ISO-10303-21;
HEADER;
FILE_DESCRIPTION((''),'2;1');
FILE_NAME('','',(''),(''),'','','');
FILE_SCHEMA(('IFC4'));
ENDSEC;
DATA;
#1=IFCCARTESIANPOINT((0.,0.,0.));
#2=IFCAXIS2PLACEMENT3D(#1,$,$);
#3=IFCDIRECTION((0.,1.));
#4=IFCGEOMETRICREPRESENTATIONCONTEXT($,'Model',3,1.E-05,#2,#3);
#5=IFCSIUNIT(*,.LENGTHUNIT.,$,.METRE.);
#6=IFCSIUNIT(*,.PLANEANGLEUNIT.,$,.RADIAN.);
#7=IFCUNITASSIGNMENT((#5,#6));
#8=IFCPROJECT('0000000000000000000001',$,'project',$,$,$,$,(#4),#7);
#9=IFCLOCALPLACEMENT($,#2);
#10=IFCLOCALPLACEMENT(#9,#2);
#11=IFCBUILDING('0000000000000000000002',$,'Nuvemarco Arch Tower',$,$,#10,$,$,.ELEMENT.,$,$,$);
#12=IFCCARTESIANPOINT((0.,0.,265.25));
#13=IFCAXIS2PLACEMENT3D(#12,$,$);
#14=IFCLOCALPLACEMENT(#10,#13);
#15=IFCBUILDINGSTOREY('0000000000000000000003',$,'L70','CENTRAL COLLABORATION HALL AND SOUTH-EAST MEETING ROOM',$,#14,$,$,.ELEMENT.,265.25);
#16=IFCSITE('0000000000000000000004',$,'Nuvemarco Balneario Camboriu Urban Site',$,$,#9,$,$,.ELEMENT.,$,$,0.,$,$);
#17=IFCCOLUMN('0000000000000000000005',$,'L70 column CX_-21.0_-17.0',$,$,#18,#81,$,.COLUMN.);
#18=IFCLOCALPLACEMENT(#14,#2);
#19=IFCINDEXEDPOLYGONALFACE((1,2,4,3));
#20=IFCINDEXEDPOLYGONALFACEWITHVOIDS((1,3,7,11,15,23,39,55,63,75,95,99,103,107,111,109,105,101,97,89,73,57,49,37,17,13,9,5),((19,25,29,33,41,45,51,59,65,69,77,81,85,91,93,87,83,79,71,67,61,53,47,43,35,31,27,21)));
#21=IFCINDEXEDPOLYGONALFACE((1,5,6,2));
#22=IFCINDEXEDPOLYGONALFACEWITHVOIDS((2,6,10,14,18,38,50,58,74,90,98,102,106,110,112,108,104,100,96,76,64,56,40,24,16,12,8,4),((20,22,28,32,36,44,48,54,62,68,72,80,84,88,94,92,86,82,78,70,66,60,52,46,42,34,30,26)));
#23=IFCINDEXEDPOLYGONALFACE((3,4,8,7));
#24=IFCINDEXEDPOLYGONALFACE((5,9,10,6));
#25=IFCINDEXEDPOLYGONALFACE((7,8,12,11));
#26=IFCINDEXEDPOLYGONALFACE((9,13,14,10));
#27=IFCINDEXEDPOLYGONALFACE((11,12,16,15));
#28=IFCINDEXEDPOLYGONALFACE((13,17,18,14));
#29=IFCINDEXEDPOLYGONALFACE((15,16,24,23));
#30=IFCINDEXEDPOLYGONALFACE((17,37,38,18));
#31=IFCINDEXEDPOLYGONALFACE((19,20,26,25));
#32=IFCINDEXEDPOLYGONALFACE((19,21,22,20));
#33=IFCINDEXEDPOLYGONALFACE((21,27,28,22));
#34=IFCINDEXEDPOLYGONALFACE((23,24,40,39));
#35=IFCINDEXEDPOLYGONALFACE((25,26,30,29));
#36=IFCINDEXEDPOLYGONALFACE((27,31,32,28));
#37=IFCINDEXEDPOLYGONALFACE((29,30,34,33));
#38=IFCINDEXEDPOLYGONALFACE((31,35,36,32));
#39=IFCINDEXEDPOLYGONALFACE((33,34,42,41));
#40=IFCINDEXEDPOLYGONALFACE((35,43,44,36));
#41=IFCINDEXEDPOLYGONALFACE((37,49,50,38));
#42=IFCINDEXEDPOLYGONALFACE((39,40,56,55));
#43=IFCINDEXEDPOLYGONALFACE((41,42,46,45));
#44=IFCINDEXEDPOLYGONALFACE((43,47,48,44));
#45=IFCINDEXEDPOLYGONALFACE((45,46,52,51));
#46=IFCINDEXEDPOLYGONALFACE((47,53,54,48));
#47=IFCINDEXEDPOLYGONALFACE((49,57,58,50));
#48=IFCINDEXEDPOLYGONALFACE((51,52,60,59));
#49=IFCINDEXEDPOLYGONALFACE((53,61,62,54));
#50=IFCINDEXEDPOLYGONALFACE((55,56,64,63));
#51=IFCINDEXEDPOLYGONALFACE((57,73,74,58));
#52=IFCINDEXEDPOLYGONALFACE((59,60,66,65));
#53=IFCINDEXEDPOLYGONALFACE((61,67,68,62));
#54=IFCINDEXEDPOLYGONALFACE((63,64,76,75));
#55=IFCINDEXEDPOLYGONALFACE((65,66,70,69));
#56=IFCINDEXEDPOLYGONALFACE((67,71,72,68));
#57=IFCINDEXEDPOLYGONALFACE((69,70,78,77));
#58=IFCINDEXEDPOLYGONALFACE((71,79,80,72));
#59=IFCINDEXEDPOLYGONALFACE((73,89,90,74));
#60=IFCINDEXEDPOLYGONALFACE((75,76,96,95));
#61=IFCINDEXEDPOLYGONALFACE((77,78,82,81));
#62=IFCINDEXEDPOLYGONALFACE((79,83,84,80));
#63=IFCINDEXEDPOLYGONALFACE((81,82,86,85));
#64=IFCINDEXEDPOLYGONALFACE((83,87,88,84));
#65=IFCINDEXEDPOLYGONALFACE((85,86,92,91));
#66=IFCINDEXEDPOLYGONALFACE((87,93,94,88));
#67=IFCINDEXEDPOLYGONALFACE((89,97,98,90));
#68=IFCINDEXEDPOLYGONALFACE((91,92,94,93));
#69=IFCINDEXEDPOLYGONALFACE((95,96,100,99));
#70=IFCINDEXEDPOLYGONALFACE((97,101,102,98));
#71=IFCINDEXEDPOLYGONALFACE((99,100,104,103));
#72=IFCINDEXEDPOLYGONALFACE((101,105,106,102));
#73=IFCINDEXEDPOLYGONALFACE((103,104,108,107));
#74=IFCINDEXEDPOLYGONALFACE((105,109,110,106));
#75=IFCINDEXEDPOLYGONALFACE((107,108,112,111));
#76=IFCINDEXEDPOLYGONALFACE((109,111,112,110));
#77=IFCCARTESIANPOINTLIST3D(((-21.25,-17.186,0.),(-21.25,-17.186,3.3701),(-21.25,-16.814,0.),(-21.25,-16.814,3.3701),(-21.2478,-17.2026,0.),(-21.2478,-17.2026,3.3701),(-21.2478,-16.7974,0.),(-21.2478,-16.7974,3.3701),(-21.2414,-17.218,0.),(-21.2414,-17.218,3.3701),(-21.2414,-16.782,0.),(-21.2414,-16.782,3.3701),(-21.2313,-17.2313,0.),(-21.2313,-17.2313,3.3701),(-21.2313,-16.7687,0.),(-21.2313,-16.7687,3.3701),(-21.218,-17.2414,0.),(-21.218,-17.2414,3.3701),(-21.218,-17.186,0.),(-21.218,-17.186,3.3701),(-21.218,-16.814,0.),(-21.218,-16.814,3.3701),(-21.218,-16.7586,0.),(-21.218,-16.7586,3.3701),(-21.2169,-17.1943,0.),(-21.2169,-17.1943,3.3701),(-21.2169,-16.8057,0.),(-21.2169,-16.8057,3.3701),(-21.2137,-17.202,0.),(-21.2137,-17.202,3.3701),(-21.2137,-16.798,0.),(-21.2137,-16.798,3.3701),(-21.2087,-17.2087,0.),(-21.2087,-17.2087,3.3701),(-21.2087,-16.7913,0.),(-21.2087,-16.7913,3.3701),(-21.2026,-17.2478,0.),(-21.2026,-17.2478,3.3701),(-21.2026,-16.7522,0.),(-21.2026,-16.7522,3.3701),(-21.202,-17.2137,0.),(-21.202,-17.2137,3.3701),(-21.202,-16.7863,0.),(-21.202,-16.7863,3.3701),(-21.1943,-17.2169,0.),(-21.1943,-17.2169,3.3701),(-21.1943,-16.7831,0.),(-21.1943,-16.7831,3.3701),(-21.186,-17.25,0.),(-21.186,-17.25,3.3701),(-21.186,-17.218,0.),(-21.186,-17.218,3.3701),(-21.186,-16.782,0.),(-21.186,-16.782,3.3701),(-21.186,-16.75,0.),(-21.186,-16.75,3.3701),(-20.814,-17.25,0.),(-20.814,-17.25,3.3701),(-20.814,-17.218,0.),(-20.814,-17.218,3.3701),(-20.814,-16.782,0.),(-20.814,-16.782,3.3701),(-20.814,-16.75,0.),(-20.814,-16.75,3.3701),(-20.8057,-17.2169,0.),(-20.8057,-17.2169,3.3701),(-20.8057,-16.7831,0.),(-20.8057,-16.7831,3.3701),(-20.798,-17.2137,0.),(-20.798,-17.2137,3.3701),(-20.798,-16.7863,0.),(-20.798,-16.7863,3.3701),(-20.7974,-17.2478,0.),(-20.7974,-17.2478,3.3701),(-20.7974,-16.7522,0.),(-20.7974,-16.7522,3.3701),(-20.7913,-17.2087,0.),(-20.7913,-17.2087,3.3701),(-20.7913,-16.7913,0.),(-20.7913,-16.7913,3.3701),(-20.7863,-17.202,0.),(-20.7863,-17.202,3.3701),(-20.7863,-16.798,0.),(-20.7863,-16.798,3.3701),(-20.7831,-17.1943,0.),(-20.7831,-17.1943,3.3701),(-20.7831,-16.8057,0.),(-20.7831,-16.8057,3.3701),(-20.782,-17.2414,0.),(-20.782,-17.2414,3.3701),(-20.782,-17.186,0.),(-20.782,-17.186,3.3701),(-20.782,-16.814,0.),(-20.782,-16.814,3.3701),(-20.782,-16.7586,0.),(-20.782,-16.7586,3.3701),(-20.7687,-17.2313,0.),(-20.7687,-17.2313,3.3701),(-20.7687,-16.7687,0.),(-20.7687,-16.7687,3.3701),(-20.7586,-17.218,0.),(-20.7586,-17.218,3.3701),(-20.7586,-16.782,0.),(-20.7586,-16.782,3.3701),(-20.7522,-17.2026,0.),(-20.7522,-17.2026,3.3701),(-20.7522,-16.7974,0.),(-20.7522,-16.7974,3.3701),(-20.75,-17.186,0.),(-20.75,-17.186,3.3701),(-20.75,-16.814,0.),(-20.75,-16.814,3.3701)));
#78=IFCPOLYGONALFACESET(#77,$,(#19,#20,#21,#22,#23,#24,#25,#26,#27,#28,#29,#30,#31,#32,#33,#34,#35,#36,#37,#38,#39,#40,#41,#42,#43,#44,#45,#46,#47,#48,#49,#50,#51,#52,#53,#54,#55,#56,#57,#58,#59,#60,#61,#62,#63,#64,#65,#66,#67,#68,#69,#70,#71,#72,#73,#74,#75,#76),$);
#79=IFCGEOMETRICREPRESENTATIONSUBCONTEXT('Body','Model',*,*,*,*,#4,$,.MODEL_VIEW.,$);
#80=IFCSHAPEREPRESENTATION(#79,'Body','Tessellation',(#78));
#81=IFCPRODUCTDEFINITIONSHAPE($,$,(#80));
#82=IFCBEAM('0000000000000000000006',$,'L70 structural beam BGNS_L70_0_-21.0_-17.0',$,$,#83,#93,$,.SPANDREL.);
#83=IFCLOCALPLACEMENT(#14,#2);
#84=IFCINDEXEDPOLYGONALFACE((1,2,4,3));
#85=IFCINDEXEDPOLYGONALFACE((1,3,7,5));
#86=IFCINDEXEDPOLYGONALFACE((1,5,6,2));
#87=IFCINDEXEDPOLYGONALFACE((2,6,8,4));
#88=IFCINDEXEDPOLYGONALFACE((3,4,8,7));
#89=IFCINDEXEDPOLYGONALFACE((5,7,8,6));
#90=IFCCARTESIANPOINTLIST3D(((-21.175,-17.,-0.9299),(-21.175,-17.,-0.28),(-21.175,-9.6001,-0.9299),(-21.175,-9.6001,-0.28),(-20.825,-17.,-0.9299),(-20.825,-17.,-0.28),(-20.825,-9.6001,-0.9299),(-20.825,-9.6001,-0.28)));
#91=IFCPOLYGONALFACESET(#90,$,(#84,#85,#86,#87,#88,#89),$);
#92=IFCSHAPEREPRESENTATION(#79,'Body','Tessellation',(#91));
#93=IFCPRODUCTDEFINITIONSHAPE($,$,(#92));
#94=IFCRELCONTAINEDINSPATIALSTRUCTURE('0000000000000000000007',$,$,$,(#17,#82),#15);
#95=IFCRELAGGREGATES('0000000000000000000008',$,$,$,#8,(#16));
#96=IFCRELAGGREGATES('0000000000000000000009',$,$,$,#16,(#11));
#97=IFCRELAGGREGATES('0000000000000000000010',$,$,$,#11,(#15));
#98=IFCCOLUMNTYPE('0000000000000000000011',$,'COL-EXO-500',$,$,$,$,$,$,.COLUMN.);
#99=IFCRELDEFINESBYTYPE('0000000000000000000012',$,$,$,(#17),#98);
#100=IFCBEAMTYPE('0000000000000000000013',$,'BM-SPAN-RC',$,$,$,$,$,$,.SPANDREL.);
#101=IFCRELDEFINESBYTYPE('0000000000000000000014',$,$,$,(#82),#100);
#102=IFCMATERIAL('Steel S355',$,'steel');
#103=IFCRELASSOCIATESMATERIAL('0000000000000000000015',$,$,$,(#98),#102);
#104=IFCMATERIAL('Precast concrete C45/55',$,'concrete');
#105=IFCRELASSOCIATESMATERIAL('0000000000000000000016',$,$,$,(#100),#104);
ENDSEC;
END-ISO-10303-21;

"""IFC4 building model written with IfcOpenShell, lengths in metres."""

from ifc_helpers import new_model, si_unit, direction, frame, origin, origin_2d, place, context, subcontext, project, spatial, rectangle, hollow_rectangle, extrude, material, material_profile, profile_set, type_object, element, save


model = new_model("IFC4")

# Units and contexts
model_context = context("Model", 3, precision=1e-05, world=origin(), true_north=direction((0.0, 1.0)))
body_context = subcontext(model_context, "Body", "Model", "MODEL_VIEW")
ifc_project = project(units=[si_unit("LENGTHUNIT", "METRE"), si_unit("PLANEANGLEUNIT", "RADIAN")], contexts=[model_context])

# Site, building, storey
site_placement = place(None, origin())
site = spatial("IfcSite", under=ifc_project, at=site_placement, Name="Nuvemarco Balneario Camboriu Urban Site", CompositionType="ELEMENT", RefElevation=0.0)
building_placement = place(site_placement, origin())
building = spatial("IfcBuilding", under=site, at=building_placement, Name="Nuvemarco Arch Tower", CompositionType="ELEMENT")
storey_placement = place(building_placement, frame((0.0, 0.0, 265.25)))
storey = spatial("IfcBuildingStorey", under=building, at=storey_placement, Name="L70", Description="CENTRAL COLLABORATION HALL AND SOUTH-EAST MEETING ROOM", CompositionType="ELEMENT", Elevation=265.25)

# Column
ifc_material_1 = material(Name="Steel S355", Category="steel")
ifc_material_profile_1 = material_profile(ifc_material_1, hollow_rectangle(XDim=0.5, YDim=0.5, WallThickness=0.032, InnerFilletRadius=0.032, OuterFilletRadius=0.064, at=origin_2d()), Name="SHS500x500x32")
ifc_profile_set_1 = profile_set([ifc_material_profile_1], Name="Steel S355")
column_type = type_object("IfcColumnType", Name="COL-EXO-500", PredefinedType="COLUMN", material=ifc_profile_set_1)
column_placement = place(storey_placement, frame((-21.0, -17.0, 0.0), z_axis=(0.0, 0.0, 1.0), x_axis=(1.0, 0.0, 0.0)))
element("IfcColumn", 1, at=column_placement, inside=storey, type_object=column_type, Name="L70 column CX_-21.0_-17.0", PredefinedType="COLUMN", context=body_context, shape_type="SweptSolid", body=[
    extrude(hollow_rectangle(XDim=0.5, YDim=0.5, WallThickness=0.032, InnerFilletRadius=0.032, OuterFilletRadius=0.064, at=origin_2d()), origin(), (0.0, 0.0, 1.0), 3.3701),
])

# Beam
ifc_material_2 = material(Name="Precast concrete C45/55", Category="concrete")
ifc_material_profile_2 = material_profile(ifc_material_2, rectangle(XDim=0.3501, YDim=0.6499, at=origin_2d()), Name="PC-SP-350x650")
ifc_profile_set_2 = profile_set([ifc_material_profile_2], Name="Precast concrete C45/55")
beam_type = type_object("IfcBeamType", Name="BM-SPAN-RC", PredefinedType="SPANDREL", material=ifc_profile_set_2)
beam_placement = place(storey_placement, frame((-21.0, -17.0, -0.605), z_axis=(0.0, 1.0, 0.0), x_axis=(-1.0, 0.0, 0.0)))
element("IfcBeam", 2, at=beam_placement, inside=storey, type_object=beam_type, Name="L70 structural beam BGNS_L70_0_-21.0_-17.0", PredefinedType="SPANDREL", context=body_context, shape_type="SweptSolid", body=[
    extrude(rectangle(XDim=0.3501, YDim=0.6499, at=origin_2d()), origin(), (0.0, 0.0, 1.0), 7.3999),
])

save(model, "model.ifc")
